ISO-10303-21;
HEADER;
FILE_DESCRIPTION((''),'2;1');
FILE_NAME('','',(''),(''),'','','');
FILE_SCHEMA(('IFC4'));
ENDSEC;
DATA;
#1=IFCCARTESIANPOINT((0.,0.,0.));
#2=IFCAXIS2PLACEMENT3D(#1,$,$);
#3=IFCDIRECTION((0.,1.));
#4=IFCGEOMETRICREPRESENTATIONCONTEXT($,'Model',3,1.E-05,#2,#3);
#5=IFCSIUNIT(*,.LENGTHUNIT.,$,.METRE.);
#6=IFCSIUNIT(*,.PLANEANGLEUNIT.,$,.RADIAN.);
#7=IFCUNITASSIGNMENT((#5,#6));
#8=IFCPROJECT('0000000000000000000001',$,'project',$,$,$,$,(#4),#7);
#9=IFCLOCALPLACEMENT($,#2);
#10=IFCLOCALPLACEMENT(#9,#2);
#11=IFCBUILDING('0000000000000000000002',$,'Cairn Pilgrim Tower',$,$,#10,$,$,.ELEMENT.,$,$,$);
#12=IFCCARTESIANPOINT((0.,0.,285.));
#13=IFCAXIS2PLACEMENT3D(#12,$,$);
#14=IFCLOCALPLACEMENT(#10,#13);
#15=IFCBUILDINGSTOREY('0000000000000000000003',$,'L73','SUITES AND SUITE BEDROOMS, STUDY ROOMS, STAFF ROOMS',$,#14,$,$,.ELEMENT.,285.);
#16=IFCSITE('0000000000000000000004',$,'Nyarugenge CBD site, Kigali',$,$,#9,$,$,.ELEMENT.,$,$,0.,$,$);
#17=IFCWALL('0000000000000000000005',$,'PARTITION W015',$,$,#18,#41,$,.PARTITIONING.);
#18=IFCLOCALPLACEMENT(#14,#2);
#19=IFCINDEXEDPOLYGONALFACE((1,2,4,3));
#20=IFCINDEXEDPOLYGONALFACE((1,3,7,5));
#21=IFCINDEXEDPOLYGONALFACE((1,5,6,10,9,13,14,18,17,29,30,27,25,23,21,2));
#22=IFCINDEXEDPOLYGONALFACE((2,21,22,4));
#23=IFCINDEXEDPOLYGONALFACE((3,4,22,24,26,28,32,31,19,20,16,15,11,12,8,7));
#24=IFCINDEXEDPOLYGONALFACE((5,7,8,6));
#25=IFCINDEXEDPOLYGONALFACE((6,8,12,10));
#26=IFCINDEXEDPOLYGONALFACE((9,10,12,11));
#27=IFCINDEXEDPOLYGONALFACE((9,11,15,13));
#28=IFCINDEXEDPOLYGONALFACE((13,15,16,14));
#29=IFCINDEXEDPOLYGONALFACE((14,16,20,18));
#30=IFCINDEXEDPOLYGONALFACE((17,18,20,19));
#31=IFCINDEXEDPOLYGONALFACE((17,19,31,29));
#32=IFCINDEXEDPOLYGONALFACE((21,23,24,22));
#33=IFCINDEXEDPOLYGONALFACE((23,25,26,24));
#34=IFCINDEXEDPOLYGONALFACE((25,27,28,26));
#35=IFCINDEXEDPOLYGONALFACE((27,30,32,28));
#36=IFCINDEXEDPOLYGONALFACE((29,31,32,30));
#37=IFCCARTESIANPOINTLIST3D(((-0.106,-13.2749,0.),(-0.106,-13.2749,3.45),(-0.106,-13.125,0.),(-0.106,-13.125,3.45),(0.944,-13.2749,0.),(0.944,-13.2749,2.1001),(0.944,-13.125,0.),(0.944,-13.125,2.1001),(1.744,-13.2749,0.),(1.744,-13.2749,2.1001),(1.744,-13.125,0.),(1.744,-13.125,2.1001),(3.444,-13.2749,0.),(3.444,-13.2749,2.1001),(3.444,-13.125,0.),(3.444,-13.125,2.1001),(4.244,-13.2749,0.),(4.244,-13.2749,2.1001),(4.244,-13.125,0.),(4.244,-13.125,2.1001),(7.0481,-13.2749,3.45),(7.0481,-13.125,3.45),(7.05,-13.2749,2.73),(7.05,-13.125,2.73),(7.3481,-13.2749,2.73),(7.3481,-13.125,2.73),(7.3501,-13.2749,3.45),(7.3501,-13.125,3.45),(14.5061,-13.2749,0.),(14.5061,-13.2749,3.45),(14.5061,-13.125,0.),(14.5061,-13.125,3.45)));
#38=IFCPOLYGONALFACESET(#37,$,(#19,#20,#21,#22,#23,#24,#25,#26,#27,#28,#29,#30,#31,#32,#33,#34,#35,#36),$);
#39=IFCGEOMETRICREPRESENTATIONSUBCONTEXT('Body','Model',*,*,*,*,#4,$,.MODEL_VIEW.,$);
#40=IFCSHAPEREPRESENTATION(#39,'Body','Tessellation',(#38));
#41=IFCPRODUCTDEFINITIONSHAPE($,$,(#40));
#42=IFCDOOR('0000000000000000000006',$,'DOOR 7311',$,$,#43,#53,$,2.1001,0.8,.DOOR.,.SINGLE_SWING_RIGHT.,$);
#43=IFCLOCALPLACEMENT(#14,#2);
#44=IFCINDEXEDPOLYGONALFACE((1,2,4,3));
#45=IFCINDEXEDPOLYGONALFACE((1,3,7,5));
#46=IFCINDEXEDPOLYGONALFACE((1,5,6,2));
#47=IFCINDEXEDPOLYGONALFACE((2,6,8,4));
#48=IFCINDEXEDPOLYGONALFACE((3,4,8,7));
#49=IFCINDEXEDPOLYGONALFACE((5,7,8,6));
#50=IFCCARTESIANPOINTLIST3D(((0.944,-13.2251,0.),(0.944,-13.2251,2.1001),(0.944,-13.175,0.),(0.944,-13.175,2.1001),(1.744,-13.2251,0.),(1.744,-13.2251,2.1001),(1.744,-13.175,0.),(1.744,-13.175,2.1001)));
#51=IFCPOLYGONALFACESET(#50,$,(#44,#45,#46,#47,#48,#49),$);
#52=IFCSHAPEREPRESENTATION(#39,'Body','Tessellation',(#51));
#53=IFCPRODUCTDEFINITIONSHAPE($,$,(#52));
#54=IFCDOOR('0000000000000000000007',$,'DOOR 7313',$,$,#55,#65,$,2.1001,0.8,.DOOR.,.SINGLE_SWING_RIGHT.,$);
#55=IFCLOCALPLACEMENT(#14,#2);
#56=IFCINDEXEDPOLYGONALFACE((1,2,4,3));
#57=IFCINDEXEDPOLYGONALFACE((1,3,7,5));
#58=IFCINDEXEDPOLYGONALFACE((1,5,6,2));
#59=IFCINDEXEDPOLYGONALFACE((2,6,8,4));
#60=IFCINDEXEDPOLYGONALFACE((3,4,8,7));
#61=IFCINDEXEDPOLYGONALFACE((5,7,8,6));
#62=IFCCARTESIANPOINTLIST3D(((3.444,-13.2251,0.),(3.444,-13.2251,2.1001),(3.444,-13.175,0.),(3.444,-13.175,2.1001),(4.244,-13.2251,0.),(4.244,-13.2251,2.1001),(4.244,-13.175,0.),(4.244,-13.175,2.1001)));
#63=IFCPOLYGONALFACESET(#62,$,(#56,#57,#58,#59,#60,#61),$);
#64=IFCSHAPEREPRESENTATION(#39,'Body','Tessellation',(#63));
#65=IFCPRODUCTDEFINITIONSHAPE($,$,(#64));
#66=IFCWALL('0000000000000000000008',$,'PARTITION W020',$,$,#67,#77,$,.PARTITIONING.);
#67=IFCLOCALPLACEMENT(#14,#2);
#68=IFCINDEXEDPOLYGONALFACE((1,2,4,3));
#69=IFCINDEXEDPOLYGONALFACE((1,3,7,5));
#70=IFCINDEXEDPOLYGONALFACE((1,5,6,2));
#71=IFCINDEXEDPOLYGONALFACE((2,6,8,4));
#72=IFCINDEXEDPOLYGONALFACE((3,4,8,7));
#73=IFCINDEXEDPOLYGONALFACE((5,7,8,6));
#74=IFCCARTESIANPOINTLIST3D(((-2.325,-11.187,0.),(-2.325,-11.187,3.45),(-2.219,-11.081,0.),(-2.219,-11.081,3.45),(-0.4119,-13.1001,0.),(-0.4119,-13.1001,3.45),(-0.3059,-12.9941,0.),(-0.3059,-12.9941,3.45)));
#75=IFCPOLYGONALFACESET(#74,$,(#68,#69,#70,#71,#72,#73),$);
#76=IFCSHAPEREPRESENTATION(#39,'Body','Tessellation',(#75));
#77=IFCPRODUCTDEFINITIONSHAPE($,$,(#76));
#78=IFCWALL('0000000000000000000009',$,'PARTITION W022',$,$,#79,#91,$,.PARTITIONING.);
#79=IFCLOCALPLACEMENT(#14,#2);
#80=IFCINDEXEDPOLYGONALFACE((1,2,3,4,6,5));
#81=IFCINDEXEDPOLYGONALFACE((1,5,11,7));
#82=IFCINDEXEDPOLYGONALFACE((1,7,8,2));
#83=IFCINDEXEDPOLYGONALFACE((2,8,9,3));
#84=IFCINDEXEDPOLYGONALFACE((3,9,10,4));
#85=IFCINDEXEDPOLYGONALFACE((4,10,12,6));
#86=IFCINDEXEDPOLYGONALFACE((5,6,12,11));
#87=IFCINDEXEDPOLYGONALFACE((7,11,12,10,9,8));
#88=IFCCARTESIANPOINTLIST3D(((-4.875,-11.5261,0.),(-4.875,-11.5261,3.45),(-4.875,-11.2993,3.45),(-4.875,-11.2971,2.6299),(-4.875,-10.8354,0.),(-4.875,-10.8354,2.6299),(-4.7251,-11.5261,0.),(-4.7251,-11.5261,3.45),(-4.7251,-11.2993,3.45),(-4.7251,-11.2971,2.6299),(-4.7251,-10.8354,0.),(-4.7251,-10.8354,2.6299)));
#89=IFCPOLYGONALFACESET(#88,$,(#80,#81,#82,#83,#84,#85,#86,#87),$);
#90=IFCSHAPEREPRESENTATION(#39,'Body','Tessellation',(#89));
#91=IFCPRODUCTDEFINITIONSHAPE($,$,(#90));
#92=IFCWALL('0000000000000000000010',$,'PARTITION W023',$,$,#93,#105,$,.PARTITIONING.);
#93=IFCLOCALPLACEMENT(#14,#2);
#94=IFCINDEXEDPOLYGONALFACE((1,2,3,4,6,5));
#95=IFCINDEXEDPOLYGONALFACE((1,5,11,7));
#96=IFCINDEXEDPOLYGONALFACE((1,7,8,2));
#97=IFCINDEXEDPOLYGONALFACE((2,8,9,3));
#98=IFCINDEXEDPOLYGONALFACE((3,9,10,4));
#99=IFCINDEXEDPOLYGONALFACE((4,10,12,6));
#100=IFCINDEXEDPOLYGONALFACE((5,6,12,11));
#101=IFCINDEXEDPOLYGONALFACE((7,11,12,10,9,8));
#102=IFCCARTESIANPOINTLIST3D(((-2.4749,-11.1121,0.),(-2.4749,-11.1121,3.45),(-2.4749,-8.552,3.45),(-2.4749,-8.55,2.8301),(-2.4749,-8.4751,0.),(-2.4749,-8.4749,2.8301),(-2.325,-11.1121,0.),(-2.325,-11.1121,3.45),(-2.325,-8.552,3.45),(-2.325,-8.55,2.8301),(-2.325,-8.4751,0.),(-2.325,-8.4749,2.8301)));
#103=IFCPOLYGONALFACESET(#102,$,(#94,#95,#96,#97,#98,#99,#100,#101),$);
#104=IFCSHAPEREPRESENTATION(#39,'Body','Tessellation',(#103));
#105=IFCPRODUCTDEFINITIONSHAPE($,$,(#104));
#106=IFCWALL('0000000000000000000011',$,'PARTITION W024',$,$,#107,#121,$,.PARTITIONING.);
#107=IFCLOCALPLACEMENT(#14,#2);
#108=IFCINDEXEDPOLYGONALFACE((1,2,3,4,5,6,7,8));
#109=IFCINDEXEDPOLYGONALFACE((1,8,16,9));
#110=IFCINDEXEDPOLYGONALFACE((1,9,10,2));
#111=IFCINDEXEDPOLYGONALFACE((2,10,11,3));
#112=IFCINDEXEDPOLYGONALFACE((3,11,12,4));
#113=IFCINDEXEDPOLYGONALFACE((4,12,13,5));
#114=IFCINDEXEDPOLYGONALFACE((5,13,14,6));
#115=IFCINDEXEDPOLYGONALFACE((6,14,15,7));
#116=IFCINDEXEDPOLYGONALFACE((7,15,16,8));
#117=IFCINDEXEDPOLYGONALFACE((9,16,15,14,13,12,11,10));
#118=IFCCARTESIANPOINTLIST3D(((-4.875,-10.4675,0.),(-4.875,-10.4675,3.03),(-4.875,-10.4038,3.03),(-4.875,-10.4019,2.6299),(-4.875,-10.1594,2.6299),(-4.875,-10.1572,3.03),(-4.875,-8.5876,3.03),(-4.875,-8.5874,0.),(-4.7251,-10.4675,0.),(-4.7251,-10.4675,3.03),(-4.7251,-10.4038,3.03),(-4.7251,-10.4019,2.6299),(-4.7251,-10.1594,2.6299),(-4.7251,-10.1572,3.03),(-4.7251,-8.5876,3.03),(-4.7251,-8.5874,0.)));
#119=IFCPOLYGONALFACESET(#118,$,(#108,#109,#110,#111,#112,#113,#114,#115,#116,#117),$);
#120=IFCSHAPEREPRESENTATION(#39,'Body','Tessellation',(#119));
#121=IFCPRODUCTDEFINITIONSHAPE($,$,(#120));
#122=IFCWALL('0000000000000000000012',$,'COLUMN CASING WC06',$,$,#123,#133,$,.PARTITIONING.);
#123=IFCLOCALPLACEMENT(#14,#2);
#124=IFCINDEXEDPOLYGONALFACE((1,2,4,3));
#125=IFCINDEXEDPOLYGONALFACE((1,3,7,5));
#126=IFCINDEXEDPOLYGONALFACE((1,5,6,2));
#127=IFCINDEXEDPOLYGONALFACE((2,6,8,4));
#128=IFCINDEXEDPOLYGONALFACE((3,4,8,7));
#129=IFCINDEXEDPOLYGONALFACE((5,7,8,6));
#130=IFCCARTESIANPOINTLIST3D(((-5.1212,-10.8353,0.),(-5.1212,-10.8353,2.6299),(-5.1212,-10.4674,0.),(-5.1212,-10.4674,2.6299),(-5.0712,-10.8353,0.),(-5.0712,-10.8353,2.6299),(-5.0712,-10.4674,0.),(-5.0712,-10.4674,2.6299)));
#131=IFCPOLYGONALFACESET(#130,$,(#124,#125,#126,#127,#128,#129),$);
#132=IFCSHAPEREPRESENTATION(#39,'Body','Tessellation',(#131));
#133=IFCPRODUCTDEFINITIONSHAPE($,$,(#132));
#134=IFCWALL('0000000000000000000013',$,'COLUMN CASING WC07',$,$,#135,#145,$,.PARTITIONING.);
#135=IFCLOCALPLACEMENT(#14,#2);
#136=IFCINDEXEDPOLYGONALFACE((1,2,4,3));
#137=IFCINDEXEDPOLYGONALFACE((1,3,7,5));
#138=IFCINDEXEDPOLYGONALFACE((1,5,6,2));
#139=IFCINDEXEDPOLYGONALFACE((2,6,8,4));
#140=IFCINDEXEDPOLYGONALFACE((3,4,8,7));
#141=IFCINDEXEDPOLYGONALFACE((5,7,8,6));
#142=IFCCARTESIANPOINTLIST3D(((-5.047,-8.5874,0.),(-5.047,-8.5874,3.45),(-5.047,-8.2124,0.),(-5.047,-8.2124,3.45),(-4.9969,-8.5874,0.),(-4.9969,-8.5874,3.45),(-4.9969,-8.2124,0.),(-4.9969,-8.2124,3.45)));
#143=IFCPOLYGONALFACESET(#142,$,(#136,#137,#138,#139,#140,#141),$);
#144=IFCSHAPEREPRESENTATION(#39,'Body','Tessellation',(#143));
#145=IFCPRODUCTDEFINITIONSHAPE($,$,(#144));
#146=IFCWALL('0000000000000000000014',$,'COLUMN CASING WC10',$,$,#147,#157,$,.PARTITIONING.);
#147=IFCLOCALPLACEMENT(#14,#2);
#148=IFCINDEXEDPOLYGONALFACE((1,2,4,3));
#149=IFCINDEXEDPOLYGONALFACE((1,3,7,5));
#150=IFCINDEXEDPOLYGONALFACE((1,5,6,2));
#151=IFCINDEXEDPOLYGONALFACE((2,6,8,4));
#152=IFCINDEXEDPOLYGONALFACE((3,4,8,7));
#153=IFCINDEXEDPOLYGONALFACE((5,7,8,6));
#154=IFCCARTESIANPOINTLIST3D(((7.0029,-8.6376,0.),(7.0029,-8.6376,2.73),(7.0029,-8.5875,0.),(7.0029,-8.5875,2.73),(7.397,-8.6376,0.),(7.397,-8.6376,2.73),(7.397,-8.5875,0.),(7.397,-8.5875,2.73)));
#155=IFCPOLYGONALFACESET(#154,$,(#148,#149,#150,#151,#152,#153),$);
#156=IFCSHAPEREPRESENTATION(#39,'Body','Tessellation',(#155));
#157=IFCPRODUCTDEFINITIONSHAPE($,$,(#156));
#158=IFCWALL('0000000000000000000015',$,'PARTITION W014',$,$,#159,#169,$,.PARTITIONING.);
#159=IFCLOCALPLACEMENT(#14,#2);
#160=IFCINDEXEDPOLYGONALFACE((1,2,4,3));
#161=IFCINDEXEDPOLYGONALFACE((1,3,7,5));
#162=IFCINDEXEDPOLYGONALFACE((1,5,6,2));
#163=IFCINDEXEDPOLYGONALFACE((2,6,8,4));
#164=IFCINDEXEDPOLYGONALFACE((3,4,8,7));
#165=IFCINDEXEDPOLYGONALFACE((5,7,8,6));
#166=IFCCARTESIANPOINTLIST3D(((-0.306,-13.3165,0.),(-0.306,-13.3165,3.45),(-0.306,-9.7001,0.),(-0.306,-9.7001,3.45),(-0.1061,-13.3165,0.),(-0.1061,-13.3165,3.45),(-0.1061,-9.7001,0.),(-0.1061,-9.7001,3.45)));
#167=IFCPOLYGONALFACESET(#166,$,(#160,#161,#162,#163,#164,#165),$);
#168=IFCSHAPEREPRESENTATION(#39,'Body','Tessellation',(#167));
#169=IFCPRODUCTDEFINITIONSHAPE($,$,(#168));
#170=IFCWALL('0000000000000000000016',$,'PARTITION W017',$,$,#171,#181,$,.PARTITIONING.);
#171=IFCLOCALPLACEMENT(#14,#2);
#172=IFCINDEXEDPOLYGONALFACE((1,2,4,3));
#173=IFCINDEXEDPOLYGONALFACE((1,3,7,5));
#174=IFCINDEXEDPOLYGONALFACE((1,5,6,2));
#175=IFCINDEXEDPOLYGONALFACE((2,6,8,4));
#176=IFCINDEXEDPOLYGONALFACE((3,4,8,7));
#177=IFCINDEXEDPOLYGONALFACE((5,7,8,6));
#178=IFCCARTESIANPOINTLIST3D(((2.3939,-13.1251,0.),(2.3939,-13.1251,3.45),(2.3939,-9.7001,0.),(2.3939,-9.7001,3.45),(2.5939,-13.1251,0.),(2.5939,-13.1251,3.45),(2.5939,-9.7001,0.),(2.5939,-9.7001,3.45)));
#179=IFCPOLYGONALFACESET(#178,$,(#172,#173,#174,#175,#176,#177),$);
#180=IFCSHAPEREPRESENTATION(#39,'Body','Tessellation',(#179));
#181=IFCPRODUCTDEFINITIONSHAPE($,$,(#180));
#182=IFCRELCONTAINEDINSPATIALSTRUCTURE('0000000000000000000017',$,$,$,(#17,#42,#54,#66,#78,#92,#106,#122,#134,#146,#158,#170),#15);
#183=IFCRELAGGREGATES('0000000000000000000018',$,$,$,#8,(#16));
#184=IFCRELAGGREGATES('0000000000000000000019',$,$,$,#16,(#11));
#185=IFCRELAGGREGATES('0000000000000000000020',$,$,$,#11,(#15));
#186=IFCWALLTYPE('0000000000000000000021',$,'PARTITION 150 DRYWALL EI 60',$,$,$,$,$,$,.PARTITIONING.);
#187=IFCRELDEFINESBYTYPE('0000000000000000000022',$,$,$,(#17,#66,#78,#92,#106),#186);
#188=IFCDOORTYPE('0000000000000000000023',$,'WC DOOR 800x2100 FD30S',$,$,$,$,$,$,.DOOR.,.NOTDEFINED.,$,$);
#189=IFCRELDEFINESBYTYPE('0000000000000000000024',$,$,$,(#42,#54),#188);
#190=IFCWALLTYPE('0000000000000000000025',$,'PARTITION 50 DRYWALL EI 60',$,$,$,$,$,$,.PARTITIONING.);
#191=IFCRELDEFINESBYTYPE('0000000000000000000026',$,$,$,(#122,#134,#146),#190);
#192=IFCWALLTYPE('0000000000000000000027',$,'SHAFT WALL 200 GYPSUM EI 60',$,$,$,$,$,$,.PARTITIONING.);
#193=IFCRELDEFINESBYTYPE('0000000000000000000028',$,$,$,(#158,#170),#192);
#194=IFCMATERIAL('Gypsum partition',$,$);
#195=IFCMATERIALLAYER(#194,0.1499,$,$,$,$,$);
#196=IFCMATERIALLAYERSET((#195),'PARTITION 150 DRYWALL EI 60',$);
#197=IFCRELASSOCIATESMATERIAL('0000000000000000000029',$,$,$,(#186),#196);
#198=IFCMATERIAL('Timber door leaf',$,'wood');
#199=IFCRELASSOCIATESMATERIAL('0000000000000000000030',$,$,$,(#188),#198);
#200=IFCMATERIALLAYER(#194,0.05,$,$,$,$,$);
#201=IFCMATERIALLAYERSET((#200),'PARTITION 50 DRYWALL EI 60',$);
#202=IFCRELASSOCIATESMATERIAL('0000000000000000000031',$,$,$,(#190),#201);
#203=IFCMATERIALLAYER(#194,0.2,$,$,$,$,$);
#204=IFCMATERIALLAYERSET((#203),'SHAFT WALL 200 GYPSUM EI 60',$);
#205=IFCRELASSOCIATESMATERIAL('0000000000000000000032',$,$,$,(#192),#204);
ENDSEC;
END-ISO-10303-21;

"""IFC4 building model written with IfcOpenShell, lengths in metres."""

from ifc_helpers import new_model, si_unit, direction, frame, frame_2d, origin, place, context, subcontext, project, spatial, polyline, rectangle, outline, extrude, material, layer, layer_set, type_object, element, fill, save


model = new_model("IFC4")

# Units and contexts
model_context = context("Model", 3, precision=1e-05, world=origin(), true_north=direction((0.0, 1.0)))
body_context = subcontext(model_context, "Body", "Model", "MODEL_VIEW")
ifc_project = project(units=[si_unit("LENGTHUNIT", "METRE"), si_unit("PLANEANGLEUNIT", "RADIAN")], contexts=[model_context])

# Site, building, storey
site_placement = place(None, origin())
site = spatial("IfcSite", under=ifc_project, at=site_placement, Name="Nyarugenge CBD site, Kigali", CompositionType="ELEMENT", RefElevation=0.0)
building_placement = place(site_placement, origin())
building = spatial("IfcBuilding", under=site, at=building_placement, Name="Cairn Pilgrim Tower", CompositionType="ELEMENT")
storey_placement = place(building_placement, frame((0.0, 0.0, 285.0)))
storey = spatial("IfcBuildingStorey", under=building, at=storey_placement, Name="L73", Description="SUITES AND SUITE BEDROOMS, STUDY ROOMS, STAFF ROOMS", CompositionType="ELEMENT", Elevation=285.0)

# Wall, openings, doors
ifc_material_1 = material(Name="Gypsum partition")
ifc_layer_1 = layer(ifc_material_1, 0.1499)
ifc_layer_set_1 = layer_set([ifc_layer_1], Name="PARTITION 150 DRYWALL EI 60")
wall_type_1 = type_object("IfcWallType", Name="PARTITION 150 DRYWALL EI 60", PredefinedType="PARTITIONING", material=ifc_layer_set_1)
wall_1_placement = place(storey_placement, frame((-0.106, -13.2, 0.0), z_axis=(0.0, 0.0, 1.0), x_axis=(1.0, 0.0, 0.0)))
wall_1 = element("IfcWall", 1, at=wall_1_placement, inside=storey, type_object=wall_type_1, Name="PARTITION W015", PredefinedType="PARTITIONING", context=body_context, shape_type="SweptSolid", body=[
    extrude(outline(polyline([(0.0, 0.0), (14.6121, 0.0), (14.6121, 3.45), (7.4561, 3.45), (7.4541, 2.73), (7.156, 2.73), (7.1541, 3.45), (0.0, 3.45), (0.0, 0.0)])), frame((0.0, 0.075, 0.0), z_axis=(0.0, -1.0, 0.0), x_axis=(1.0, 0.0, 0.0)), (0.0, 0.0, 1.0), 0.1499),
])
opening_1_placement = place(wall_1_placement, frame((1.05, 0.0, 0.0)))
opening_1 = element("IfcOpeningElement", 2, at=opening_1_placement, cuts=wall_1, PredefinedType="OPENING", context=body_context, shape_type="SweptSolid", body=[
    extrude(rectangle(XDim=0.8, YDim=2.1001, at=frame_2d((0.3999, 1.05))), frame((0.0, 0.085, 0.0), z_axis=(0.0, -1.0, 0.0), x_axis=(1.0, 0.0, 0.0)), (0.0, 0.0, 1.0), 0.1699),
])
opening_2_placement = place(wall_1_placement, frame((3.55, 0.0, 0.0)))
opening_2 = element("IfcOpeningElement", 3, at=opening_2_placement, cuts=wall_1, PredefinedType="OPENING", context=body_context, shape_type="SweptSolid", body=[
    extrude(rectangle(XDim=0.8, YDim=2.1001, at=frame_2d((0.3999, 1.05))), frame((0.0, 0.085, 0.0), z_axis=(0.0, -1.0, 0.0), x_axis=(1.0, 0.0, 0.0)), (0.0, 0.0, 1.0), 0.1699),
])
ifc_material_2 = material(Name="Timber door leaf", Category="wood")
door_type = type_object("IfcDoorType", Name="WC DOOR 800x2100 FD30S", OperationType="NOTDEFINED", PredefinedType="DOOR", material=ifc_material_2)
door_1_placement = place(opening_1_placement, origin())
door_1 = element("IfcDoor", 4, at=door_1_placement, inside=storey, type_object=door_type, Name="DOOR 7311", OperationType="SINGLE_SWING_RIGHT", OverallHeight=2.1001, OverallWidth=0.8, PredefinedType="DOOR", context=body_context, shape_type="SweptSolid", body=[
    extrude(rectangle(XDim=0.8, YDim=2.1001, at=frame_2d((0.3999, 1.05))), frame((0.0, 0.0249, 0.0), z_axis=(0.0, -1.0, 0.0), x_axis=(1.0, 0.0, 0.0)), (0.0, 0.0, 1.0), 0.05),
])
fill(opening_1, door_1)
door_2_placement = place(opening_2_placement, origin())
door_2 = element("IfcDoor", 5, at=door_2_placement, inside=storey, type_object=door_type, Name="DOOR 7313", OperationType="SINGLE_SWING_RIGHT", OverallHeight=2.1001, OverallWidth=0.8, PredefinedType="DOOR", context=body_context, shape_type="SweptSolid", body=[
    extrude(rectangle(XDim=0.8, YDim=2.1001, at=frame_2d((0.3999, 1.05))), frame((0.0, 0.0249, 0.0), z_axis=(0.0, -1.0, 0.0), x_axis=(1.0, 0.0, 0.0)), (0.0, 0.0, 1.0), 0.05),
])
fill(opening_2, door_2)

# Walls
wall_2_placement = place(storey_placement, frame((-0.3589, -13.0471, 0.0), z_axis=(0.0, 0.0, 1.0), x_axis=(-0.707107, 0.707107, 0.0)))
element("IfcWall", 6, at=wall_2_placement, inside=storey, type_object=wall_type_1, Name="PARTITION W020", PredefinedType="PARTITIONING", context=body_context, shape_type="SweptSolid", body=[
    extrude(rectangle(XDim=2.7056, YDim=0.1499, at=frame_2d((1.3528, 0.0))), origin(), (0.0, 0.0, 1.0), 3.45),
])
wall_3_placement = place(storey_placement, frame((-4.8, -11.5261, 0.0), z_axis=(0.0, 0.0, 1.0), x_axis=(0.0, 1.0, 0.0)))
element("IfcWall", 7, at=wall_3_placement, inside=storey, type_object=wall_type_1, Name="PARTITION W022", PredefinedType="PARTITIONING", context=body_context, shape_type="SweptSolid", body=[
    extrude(outline(polyline([(0.0, 0.0), (0.6907, 0.0), (0.6907, 2.6299), (0.229, 2.6299), (0.2268, 3.45), (0.0, 3.45), (0.0, 0.0)])), frame((0.0, 0.075, 0.0), z_axis=(0.0, -1.0, 0.0), x_axis=(1.0, 0.0, 0.0)), (0.0, 0.0, 1.0), 0.1499),
])
wall_4_placement = place(storey_placement, frame((-2.3999, -11.1121, 0.0), z_axis=(0.0, 0.0, 1.0), x_axis=(0.0, 1.0, 0.0)))
element("IfcWall", 8, at=wall_4_placement, inside=storey, type_object=wall_type_1, Name="PARTITION W023", PredefinedType="PARTITIONING", context=body_context, shape_type="SweptSolid", body=[
    extrude(outline(polyline([(0.0, 0.0), (2.637, 0.0), (2.6372, 2.8301), (2.562, 2.8301), (2.5601, 3.45), (0.0, 3.45), (0.0, 0.0)])), frame((0.0, 0.075, 0.0), z_axis=(0.0, -1.0, 0.0), x_axis=(1.0, 0.0, 0.0)), (0.0, 0.0, 1.0), 0.1499),
])
wall_5_placement = place(storey_placement, frame((-4.8, -10.4675, 0.0), z_axis=(0.0, 0.0, 1.0), x_axis=(0.0, 1.0, 0.0)))
element("IfcWall", 9, at=wall_5_placement, inside=storey, type_object=wall_type_1, Name="PARTITION W024", PredefinedType="PARTITIONING", context=body_context, shape_type="SweptSolid", body=[
    extrude(outline(polyline([(0.0, 0.0), (1.8801, 0.0), (1.8799, 3.03), (0.3103, 3.03), (0.3081, 2.6299), (0.0657, 2.6299), (0.0637, 3.03), (0.0, 3.03), (0.0, 0.0)])), frame((0.0, 0.075, 0.0), z_axis=(0.0, -1.0, 0.0), x_axis=(1.0, 0.0, 0.0)), (0.0, 0.0, 1.0), 0.1499),
])
ifc_layer_2 = layer(ifc_material_1, 0.05)
ifc_layer_set_2 = layer_set([ifc_layer_2], Name="PARTITION 50 DRYWALL EI 60")
wall_type_2 = type_object("IfcWallType", Name="PARTITION 50 DRYWALL EI 60", PredefinedType="PARTITIONING", material=ifc_layer_set_2)
wall_6_placement = place(storey_placement, frame((-5.0962, -10.8354, 0.0), z_axis=(0.0, 0.0, 1.0), x_axis=(0.0, 1.0, 0.0)))
element("IfcWall", 10, at=wall_6_placement, inside=storey, type_object=wall_type_2, Name="COLUMN CASING WC06", PredefinedType="PARTITIONING", context=body_context, shape_type="SweptSolid", body=[
    extrude(rectangle(XDim=0.3679, YDim=0.05, at=frame_2d((0.1841, 0.0))), origin(), (0.0, 0.0, 1.0), 2.6299),
])
wall_7_placement = place(storey_placement, frame((-5.022, -8.5874, 0.0), z_axis=(0.0, 0.0, 1.0), x_axis=(0.0, 1.0, 0.0)))
element("IfcWall", 11, at=wall_7_placement, inside=storey, type_object=wall_type_2, Name="COLUMN CASING WC07", PredefinedType="PARTITIONING", context=body_context, shape_type="SweptSolid", body=[
    extrude(rectangle(XDim=0.375, YDim=0.05, at=frame_2d((0.1875, 0.0))), origin(), (0.0, 0.0, 1.0), 3.45),
])
wall_8_placement = place(storey_placement, frame((7.0029, -8.6125, 0.0), z_axis=(0.0, 0.0, 1.0), x_axis=(1.0, 0.0, 0.0)))
element("IfcWall", 12, at=wall_8_placement, inside=storey, type_object=wall_type_2, Name="COLUMN CASING WC10", PredefinedType="PARTITIONING", context=body_context, shape_type="SweptSolid", body=[
    extrude(rectangle(XDim=0.394, YDim=0.05, at=frame_2d((0.197, 0.0))), origin(), (0.0, 0.0, 1.0), 2.73),
])
ifc_layer_3 = layer(ifc_material_1, 0.2)
ifc_layer_set_3 = layer_set([ifc_layer_3], Name="SHAFT WALL 200 GYPSUM EI 60")
wall_type_3 = type_object("IfcWallType", Name="SHAFT WALL 200 GYPSUM EI 60", PredefinedType="PARTITIONING", material=ifc_layer_set_3)
wall_9_placement = place(storey_placement, frame((-0.2061, -13.3164, 0.0), z_axis=(0.0, 0.0, 1.0), x_axis=(0.0, 1.0, 0.0)))
element("IfcWall", 13, at=wall_9_placement, inside=storey, type_object=wall_type_3, Name="PARTITION W014", PredefinedType="PARTITIONING", context=body_context, shape_type="SweptSolid", body=[
    extrude(rectangle(XDim=3.6165, YDim=0.2, at=frame_2d((1.8081, 0.0))), origin(), (0.0, 0.0, 1.0), 3.45),
])
for number, where, z_axis, x_axis, name in (
    (14, (2.4939, -13.125, 0.0), (0.0, 0.0, 1.0), (0.0, 1.0, 0.0), "PARTITION W017"),
):
    element("IfcWall", number, at=place(storey_placement, frame(where, z_axis=z_axis, x_axis=x_axis)), inside=storey, type_object=wall_type_3, Name=name, PredefinedType="PARTITIONING", context=body_context, shape_type="SweptSolid", body=[
        extrude(rectangle(XDim=3.425, YDim=0.2, at=frame_2d((1.7124, 0.0))), origin(), (0.0, 0.0, 1.0), 3.45),
    ])

save(model, "model.ifc")
